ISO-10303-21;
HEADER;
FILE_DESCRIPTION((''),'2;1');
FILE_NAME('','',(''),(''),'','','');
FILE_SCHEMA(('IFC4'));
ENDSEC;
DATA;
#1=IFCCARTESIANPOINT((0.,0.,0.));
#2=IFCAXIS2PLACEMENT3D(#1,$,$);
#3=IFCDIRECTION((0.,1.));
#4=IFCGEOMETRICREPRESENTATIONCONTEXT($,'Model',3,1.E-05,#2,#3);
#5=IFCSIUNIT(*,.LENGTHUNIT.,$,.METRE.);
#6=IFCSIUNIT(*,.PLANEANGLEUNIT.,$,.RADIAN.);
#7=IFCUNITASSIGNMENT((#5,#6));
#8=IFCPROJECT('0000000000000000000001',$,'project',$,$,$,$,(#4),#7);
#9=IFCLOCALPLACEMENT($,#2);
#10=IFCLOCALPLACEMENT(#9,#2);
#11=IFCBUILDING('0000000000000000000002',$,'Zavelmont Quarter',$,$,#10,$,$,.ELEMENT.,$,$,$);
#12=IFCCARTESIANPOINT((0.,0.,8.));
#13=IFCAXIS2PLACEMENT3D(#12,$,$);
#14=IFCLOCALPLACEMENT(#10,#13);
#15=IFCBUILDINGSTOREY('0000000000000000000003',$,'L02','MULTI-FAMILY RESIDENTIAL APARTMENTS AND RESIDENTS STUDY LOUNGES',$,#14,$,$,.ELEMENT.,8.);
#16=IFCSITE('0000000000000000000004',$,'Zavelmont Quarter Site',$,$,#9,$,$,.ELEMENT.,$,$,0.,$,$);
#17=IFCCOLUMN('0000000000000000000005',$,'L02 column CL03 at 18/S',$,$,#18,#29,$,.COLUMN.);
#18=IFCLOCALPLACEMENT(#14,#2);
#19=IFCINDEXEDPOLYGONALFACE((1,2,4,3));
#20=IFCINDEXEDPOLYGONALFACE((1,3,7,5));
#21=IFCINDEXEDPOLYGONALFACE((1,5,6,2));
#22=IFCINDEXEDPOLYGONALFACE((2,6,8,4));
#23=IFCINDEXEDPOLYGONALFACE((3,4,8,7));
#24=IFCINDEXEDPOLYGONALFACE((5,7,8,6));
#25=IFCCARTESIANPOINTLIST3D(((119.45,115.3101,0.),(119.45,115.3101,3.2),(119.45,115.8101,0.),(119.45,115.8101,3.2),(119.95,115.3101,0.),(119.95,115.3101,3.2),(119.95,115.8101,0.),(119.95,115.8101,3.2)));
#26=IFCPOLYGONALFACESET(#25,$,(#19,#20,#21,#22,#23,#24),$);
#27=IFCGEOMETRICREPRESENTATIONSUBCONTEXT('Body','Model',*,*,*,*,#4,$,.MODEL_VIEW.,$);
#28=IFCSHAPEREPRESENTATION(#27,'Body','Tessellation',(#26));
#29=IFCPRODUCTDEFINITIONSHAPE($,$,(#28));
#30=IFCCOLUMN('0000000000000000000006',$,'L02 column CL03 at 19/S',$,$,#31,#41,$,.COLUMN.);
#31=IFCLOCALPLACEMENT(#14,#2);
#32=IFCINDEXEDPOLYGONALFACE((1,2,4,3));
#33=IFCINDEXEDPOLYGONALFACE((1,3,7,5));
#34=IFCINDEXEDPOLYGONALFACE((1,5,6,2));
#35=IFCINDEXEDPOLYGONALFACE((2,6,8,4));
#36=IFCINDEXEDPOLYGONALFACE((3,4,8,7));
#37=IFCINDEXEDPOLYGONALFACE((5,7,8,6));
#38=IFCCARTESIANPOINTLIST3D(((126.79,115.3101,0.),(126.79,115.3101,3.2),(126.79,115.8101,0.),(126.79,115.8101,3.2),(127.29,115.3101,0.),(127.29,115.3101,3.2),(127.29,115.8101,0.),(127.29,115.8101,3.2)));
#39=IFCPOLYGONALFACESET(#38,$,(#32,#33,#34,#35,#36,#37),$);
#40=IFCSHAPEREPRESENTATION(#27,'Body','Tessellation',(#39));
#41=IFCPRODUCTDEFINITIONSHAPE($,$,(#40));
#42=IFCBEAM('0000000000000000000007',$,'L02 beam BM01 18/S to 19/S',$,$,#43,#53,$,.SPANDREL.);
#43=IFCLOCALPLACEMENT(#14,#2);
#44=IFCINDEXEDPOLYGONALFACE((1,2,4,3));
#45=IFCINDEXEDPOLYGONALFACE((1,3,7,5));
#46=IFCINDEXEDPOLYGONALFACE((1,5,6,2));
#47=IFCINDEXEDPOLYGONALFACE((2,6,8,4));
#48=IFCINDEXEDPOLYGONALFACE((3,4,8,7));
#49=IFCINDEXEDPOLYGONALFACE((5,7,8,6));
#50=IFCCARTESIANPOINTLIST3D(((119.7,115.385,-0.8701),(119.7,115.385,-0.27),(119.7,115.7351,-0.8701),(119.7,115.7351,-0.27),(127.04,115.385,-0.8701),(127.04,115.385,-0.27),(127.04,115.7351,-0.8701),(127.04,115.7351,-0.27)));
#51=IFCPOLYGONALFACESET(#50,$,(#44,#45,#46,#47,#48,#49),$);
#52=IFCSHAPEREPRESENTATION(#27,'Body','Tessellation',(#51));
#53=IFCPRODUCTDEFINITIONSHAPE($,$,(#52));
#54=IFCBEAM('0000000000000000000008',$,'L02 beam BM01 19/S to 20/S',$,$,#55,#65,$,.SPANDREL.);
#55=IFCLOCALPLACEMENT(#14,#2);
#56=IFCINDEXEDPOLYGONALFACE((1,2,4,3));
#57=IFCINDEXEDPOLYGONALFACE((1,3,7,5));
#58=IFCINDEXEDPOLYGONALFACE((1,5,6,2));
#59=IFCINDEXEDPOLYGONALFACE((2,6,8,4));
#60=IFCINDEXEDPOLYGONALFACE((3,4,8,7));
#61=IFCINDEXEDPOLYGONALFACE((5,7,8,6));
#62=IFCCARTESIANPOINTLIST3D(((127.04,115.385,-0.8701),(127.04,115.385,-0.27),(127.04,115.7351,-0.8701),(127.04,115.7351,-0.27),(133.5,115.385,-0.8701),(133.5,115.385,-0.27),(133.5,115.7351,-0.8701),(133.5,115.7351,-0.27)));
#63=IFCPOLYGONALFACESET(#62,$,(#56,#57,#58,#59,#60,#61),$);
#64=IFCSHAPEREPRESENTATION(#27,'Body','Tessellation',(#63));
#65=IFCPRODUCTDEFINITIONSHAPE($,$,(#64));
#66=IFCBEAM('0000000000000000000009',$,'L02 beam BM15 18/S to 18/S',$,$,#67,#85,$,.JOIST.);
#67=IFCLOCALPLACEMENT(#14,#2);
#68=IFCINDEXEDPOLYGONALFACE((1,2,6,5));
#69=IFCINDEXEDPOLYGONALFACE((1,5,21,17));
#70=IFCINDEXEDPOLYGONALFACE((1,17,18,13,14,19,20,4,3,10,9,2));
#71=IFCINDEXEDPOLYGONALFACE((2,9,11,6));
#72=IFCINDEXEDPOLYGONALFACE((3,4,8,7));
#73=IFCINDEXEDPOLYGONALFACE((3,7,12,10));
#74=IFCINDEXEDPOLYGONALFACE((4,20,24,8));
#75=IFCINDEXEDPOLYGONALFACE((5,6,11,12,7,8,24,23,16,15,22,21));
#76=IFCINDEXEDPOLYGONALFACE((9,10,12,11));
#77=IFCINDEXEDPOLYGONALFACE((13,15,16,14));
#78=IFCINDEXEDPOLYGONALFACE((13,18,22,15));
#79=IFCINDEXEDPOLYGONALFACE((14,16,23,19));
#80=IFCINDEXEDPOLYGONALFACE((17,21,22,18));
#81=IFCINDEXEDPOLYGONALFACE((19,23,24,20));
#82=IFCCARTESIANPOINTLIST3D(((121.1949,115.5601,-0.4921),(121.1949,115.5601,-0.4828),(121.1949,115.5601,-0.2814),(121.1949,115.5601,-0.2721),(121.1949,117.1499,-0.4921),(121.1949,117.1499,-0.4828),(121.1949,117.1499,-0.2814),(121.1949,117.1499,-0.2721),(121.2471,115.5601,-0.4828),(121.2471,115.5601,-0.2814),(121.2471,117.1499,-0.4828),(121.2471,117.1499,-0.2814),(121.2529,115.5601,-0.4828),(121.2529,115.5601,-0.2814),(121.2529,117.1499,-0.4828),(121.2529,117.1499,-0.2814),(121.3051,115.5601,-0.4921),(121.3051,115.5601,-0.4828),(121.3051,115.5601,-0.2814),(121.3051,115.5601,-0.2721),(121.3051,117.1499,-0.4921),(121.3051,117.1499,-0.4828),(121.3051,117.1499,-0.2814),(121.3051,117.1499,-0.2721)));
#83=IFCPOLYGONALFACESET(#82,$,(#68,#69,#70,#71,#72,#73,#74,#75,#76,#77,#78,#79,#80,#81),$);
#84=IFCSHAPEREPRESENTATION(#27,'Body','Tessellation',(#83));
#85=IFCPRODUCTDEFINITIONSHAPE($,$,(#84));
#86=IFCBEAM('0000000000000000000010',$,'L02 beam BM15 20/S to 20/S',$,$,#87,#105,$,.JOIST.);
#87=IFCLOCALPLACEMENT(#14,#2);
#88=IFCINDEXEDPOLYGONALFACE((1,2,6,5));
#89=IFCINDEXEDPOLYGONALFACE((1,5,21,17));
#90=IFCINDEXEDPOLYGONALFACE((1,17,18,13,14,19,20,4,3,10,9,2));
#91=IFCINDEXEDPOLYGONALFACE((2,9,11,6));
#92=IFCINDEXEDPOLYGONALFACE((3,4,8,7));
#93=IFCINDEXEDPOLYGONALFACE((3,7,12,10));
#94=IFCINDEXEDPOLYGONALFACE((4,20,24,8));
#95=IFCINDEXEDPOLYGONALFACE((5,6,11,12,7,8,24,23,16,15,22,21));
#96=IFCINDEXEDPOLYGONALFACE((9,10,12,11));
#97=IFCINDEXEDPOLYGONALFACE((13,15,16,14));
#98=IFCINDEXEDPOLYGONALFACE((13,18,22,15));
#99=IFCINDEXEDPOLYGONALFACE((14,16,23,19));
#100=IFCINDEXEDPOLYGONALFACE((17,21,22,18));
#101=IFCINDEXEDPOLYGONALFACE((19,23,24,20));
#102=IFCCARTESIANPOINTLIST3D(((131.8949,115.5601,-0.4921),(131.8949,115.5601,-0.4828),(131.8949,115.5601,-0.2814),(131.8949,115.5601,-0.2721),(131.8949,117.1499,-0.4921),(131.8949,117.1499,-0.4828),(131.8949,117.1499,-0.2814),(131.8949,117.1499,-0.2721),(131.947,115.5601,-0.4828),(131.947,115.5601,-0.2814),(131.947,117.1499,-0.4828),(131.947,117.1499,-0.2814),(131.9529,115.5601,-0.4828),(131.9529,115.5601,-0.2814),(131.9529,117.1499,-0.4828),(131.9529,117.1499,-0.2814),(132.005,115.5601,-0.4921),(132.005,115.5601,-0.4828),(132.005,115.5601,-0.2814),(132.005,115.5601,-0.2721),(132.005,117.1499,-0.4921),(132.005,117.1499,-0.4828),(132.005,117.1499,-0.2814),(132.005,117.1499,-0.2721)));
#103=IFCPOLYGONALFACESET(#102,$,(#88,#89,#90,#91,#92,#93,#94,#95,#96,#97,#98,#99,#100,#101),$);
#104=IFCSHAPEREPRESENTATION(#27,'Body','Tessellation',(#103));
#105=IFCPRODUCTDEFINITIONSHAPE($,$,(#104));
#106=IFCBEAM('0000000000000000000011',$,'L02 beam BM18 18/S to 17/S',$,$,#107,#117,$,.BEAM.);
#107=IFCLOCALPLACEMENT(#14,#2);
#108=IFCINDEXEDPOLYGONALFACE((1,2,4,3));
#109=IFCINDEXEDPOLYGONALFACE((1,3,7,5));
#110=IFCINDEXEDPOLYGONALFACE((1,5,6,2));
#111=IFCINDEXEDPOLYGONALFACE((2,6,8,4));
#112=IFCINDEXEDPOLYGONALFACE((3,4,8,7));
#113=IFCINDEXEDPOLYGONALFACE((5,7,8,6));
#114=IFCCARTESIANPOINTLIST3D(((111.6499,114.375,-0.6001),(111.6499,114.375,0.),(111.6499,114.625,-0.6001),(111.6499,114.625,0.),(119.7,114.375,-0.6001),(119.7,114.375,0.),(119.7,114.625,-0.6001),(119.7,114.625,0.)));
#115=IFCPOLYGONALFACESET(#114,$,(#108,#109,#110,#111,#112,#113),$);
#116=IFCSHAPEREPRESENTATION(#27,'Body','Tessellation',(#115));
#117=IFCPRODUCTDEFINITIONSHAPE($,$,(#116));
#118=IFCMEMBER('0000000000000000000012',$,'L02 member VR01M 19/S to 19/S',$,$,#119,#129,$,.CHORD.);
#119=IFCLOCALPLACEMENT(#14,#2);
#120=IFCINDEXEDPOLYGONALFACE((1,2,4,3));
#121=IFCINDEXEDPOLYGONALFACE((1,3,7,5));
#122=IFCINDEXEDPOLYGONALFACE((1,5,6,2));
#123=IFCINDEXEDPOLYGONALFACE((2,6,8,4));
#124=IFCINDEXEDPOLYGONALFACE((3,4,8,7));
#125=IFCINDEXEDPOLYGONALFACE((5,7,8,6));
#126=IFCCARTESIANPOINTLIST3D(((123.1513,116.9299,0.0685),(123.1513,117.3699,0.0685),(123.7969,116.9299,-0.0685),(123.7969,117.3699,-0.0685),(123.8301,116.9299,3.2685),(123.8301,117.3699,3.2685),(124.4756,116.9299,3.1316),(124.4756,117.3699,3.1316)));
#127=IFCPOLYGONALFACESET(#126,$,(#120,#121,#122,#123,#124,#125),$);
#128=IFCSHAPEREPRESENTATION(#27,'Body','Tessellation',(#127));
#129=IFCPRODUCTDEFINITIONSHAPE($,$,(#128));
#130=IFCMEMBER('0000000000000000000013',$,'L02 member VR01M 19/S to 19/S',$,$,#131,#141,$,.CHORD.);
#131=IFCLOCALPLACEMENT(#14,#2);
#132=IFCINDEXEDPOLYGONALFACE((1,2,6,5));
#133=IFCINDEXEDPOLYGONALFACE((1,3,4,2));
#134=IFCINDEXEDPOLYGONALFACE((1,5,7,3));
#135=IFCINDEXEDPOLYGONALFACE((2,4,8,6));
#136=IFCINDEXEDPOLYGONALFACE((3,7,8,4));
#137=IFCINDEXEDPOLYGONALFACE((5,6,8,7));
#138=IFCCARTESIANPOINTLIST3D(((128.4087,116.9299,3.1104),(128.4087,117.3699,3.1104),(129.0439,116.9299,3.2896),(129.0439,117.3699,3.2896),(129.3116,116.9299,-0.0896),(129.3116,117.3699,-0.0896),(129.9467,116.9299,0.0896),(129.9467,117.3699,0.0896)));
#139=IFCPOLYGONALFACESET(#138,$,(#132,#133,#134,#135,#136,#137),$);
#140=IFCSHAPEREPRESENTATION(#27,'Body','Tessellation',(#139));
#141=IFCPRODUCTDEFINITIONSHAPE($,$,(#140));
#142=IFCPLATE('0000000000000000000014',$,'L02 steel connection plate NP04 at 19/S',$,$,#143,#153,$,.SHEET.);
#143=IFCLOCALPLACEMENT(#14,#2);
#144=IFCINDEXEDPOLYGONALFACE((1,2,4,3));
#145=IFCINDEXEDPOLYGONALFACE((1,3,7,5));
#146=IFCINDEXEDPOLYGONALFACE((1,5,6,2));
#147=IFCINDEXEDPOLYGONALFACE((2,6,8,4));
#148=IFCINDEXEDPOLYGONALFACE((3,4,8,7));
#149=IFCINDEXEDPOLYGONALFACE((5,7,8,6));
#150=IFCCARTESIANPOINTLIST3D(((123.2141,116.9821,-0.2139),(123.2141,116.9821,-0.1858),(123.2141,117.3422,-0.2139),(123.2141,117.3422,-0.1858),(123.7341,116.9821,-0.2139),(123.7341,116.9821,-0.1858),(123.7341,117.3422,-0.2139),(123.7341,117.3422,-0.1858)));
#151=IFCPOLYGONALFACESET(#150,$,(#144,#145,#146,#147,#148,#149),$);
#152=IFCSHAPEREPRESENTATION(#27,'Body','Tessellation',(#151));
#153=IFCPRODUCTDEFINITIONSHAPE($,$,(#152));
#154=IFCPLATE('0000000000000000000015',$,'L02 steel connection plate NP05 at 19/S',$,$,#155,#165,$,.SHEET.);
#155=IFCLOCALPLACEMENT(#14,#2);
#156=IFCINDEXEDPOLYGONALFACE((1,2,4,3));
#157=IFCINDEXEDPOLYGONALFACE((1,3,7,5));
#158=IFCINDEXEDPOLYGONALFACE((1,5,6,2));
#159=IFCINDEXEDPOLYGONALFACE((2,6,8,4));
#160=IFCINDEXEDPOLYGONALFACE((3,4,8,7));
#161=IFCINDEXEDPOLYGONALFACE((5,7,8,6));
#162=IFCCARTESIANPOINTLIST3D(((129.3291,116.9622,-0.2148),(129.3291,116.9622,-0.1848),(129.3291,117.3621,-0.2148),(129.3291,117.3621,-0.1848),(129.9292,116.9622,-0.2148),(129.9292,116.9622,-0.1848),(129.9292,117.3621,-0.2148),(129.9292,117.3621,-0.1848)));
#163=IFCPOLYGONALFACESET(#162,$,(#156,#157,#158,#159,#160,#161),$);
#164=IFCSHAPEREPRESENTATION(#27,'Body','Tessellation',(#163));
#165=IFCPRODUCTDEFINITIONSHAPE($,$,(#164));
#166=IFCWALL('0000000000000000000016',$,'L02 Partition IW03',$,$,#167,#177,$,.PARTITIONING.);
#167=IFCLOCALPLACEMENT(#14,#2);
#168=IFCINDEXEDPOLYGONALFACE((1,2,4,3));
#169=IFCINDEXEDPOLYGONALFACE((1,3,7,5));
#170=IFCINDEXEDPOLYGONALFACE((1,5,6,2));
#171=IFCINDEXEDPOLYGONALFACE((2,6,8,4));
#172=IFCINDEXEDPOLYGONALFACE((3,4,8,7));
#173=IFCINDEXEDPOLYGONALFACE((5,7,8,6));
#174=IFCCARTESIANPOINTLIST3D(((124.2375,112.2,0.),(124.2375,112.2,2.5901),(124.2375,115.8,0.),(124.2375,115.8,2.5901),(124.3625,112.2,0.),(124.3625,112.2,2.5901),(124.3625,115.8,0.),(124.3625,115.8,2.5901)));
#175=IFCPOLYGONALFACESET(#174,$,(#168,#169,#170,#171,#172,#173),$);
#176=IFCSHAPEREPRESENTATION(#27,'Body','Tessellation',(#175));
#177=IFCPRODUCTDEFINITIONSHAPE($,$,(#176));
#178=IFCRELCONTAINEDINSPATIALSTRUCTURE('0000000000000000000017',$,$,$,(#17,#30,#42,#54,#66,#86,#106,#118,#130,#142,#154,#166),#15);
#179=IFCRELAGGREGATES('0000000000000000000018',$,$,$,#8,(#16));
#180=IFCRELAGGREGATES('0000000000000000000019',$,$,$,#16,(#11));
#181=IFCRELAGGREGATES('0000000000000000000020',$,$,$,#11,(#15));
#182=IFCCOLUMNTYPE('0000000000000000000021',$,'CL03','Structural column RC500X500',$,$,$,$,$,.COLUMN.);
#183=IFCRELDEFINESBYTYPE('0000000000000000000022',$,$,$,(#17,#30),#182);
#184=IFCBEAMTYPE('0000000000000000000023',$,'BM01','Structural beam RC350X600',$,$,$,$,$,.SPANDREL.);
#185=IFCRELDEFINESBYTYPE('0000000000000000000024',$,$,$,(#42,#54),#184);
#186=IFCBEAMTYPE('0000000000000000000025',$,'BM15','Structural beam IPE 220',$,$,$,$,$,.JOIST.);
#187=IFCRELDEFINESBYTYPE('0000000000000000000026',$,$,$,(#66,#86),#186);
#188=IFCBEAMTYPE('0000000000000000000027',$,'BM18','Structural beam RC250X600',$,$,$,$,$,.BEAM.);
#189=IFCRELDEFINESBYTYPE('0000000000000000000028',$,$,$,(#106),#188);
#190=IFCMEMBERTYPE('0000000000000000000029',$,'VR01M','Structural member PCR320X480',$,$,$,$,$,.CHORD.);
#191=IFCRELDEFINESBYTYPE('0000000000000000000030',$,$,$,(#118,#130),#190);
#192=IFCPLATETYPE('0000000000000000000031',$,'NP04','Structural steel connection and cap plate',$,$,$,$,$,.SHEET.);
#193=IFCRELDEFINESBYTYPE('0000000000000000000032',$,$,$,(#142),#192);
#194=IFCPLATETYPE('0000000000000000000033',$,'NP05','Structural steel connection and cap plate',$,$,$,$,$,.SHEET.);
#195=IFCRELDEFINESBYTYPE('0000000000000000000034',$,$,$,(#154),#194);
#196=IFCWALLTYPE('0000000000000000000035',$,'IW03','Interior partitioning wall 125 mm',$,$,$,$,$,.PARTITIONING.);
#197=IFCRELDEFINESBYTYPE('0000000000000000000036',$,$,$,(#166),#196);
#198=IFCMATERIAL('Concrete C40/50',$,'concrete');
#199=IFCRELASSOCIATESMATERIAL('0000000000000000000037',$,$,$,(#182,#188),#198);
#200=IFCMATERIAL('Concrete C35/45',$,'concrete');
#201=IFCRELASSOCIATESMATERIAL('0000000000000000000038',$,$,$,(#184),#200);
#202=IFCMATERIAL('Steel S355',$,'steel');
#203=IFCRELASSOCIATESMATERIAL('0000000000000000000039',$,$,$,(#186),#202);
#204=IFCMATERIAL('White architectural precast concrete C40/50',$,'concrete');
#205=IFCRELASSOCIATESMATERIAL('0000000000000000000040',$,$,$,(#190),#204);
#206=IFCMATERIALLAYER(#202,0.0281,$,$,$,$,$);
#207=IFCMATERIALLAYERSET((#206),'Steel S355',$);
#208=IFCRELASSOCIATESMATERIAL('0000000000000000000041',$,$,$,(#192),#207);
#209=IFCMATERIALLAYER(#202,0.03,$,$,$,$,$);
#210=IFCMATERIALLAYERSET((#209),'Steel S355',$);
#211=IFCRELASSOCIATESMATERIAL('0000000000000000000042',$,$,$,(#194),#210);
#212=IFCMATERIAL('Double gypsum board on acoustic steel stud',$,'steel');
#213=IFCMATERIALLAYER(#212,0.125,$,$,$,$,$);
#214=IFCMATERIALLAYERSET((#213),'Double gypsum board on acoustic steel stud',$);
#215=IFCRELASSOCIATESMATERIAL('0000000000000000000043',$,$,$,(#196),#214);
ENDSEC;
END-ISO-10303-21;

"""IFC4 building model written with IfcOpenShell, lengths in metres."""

from ifc_helpers import new_model, si_unit, direction, frame, frame_2d, origin, origin_2d, place, context, subcontext, project, spatial, rectangle, i_section, extrude, material, layer, layer_set, material_profile, profile_set, type_object, element, save


model = new_model("IFC4")

# Units and contexts
model_context = context("Model", 3, precision=1e-05, world=origin(), true_north=direction((0.0, 1.0)))
body_context = subcontext(model_context, "Body", "Model", "MODEL_VIEW")
ifc_project = project(units=[si_unit("LENGTHUNIT", "METRE"), si_unit("PLANEANGLEUNIT", "RADIAN")], contexts=[model_context])

# Site, building, storey
site_placement = place(None, origin())
site = spatial("IfcSite", under=ifc_project, at=site_placement, Name="Zavelmont Quarter Site", CompositionType="ELEMENT", RefElevation=0.0)
building_placement = place(site_placement, origin())
building = spatial("IfcBuilding", under=site, at=building_placement, Name="Zavelmont Quarter", CompositionType="ELEMENT")
storey_placement = place(building_placement, frame((0.0, 0.0, 8.0)))
storey = spatial("IfcBuildingStorey", under=building, at=storey_placement, Name="L02", Description="MULTI-FAMILY RESIDENTIAL APARTMENTS AND RESIDENTS STUDY LOUNGES", CompositionType="ELEMENT", Elevation=8.0)

# Columns
ifc_material_1 = material(Name="Concrete C40/50", Category="concrete")
ifc_material_profile_1 = material_profile(ifc_material_1, rectangle(XDim=0.5, YDim=0.5, at=origin_2d()), Name="RC500X500")
ifc_profile_set_1 = profile_set([ifc_material_profile_1], Name="Concrete C40/50")
column_type = type_object("IfcColumnType", Name="CL03", Description="Structural column RC500X500", PredefinedType="COLUMN", material=ifc_profile_set_1)
for number, where, z_axis, x_axis, name in (
    (1, (119.7, 115.5601, 0.0), (0.0, 0.0, 1.0), (1.0, 0.0, 0.0), "L02 column CL03 at 18/S"),
    (2, (127.04, 115.5601, 0.0), (0.0, 0.0, 1.0), (1.0, 0.0, 0.0), "L02 column CL03 at 19/S"),
):
    element("IfcColumn", number, at=place(storey_placement, frame(where, z_axis=z_axis, x_axis=x_axis)), inside=storey, type_object=column_type, Name=name, PredefinedType="COLUMN", context=body_context, shape_type="SweptSolid", body=[
        extrude(rectangle(XDim=0.5, YDim=0.5, at=origin_2d()), origin(), (0.0, 0.0, 1.0), 3.2),
    ])

# Beams
ifc_material_2 = material(Name="Concrete C35/45", Category="concrete")
ifc_material_profile_2 = material_profile(ifc_material_2, rectangle(XDim=0.3501, YDim=0.6001, at=origin_2d()), Name="RC350X600")
ifc_profile_set_2 = profile_set([ifc_material_profile_2], Name="Concrete C35/45")
beam_type_1 = type_object("IfcBeamType", Name="BM01", Description="Structural beam RC350X600", PredefinedType="SPANDREL", material=ifc_profile_set_2)
beam_1_placement = place(storey_placement, frame((119.7, 115.5601, -0.5701), z_axis=(1.0, 0.0, 0.0), x_axis=(0.0, 1.0, 0.0)))
element("IfcBeam", 3, at=beam_1_placement, inside=storey, type_object=beam_type_1, Name="L02 beam BM01 18/S to 19/S", PredefinedType="SPANDREL", context=body_context, shape_type="SweptSolid", body=[
    extrude(rectangle(XDim=0.3501, YDim=0.6001, at=origin_2d()), origin(), (0.0, 0.0, 1.0), 7.3401),
])
beam_2_placement = place(storey_placement, frame((127.04, 115.5601, -0.5701), z_axis=(1.0, 0.0, 0.0), x_axis=(0.0, 1.0, 0.0)))
element("IfcBeam", 4, at=beam_2_placement, inside=storey, type_object=beam_type_1, Name="L02 beam BM01 19/S to 20/S", PredefinedType="SPANDREL", context=body_context, shape_type="SweptSolid", body=[
    extrude(rectangle(XDim=0.3501, YDim=0.6001, at=origin_2d()), origin(), (0.0, 0.0, 1.0), 6.46),
])
ifc_material_3 = material(Name="Steel S355", Category="steel")
ifc_material_profile_3 = material_profile(ifc_material_3, i_section(OverallWidth=0.1101, OverallDepth=0.22, WebThickness=0.0059, FlangeThickness=0.0093, at=origin_2d()), Name="IPE 220")
ifc_profile_set_3 = profile_set([ifc_material_profile_3], Name="Steel S355")
beam_type_2 = type_object("IfcBeamType", Name="BM15", Description="Structural beam IPE 220", PredefinedType="JOIST", material=ifc_profile_set_3)
for number, where, z_axis, x_axis, name in (
    (5, (121.25, 115.5601, -0.3821), (0.0, 1.0, 0.0), (-1.0, 0.0, 0.0), "L02 beam BM15 18/S to 18/S"),
    (6, (131.95, 115.5601, -0.3821), (0.0, 1.0, 0.0), (-1.0, 0.0, 0.0), "L02 beam BM15 20/S to 20/S"),
):
    element("IfcBeam", number, at=place(storey_placement, frame(where, z_axis=z_axis, x_axis=x_axis)), inside=storey, type_object=beam_type_2, Name=name, PredefinedType="JOIST", context=body_context, shape_type="SweptSolid", body=[
        extrude(i_section(OverallWidth=0.1101, OverallDepth=0.22, WebThickness=0.0059, FlangeThickness=0.0093, at=origin_2d()), origin(), (0.0, 0.0, 1.0), 1.5898),
    ])
ifc_material_profile_4 = material_profile(ifc_material_1, rectangle(XDim=0.25, YDim=0.6001, at=origin_2d()), Name="RC250X600")
ifc_profile_set_4 = profile_set([ifc_material_profile_4], Name="Concrete C40/50")
beam_type_3 = type_object("IfcBeamType", Name="BM18", Description="Structural beam RC250X600", PredefinedType="BEAM", material=ifc_profile_set_4)
beam_3_placement = place(storey_placement, frame((119.7, 114.5, -0.3), z_axis=(-1.0, 0.0, 0.0), x_axis=(0.0, -1.0, 0.0)))
element("IfcBeam", 7, at=beam_3_placement, inside=storey, type_object=beam_type_3, Name="L02 beam BM18 18/S to 17/S", PredefinedType="BEAM", context=body_context, shape_type="SweptSolid", body=[
    extrude(rectangle(XDim=0.25, YDim=0.6001, at=origin_2d()), origin(), (0.0, 0.0, 1.0), 8.05),
])

# Members
ifc_material_4 = material(Name="White architectural precast concrete C40/50", Category="concrete")
ifc_material_profile_5 = material_profile(ifc_material_4, rectangle(XDim=0.4399, YDim=0.6599, at=origin_2d()), Name="PCR320X480")
ifc_profile_set_5 = profile_set([ifc_material_profile_5], Name="White architectural precast concrete C40/50")
member_type = type_object("IfcMemberType", Name="VR01M", Description="Structural member PCR320X480", PredefinedType="CHORD", material=ifc_profile_set_5)
member_1_placement = place(storey_placement, frame((123.4741, 117.1499, 0.0), z_axis=(0.207485, 0.0, 0.978238), x_axis=(0.0, 1.0, 0.0)))
element("IfcMember", 8, at=member_1_placement, inside=storey, type_object=member_type, Name="L02 member VR01M 19/S to 19/S", PredefinedType="CHORD", context=body_context, shape_type="SweptSolid", body=[
    extrude(rectangle(XDim=0.4399, YDim=0.6599, at=origin_2d()), origin(), (0.0, 0.0, 1.0), 3.2712),
])
member_2_placement = place(storey_placement, frame((129.6292, 117.1499, 0.0), z_axis=(-0.271539, 0.0, 0.962428), x_axis=(0.0, -1.0, 0.0)))
element("IfcMember", 9, at=member_2_placement, inside=storey, type_object=member_type, Name="L02 member VR01M 19/S to 19/S", PredefinedType="CHORD", context=body_context, shape_type="SweptSolid", body=[
    extrude(rectangle(XDim=0.4399, YDim=0.6599, at=origin_2d()), origin(), (0.0, 0.0, 1.0), 3.325),
])

# Plates
ifc_layer_1 = layer(ifc_material_3, 0.0281)
ifc_layer_set_1 = layer_set([ifc_layer_1], Name="Steel S355")
plate_type_1 = type_object("IfcPlateType", Name="NP04", Description="Structural steel connection and cap plate", PredefinedType="SHEET", material=ifc_layer_set_1)
plate_1_placement = place(storey_placement, frame((123.4741, 117.1621, -0.2139), z_axis=(0.0, 0.0, 1.0), x_axis=(1.0, 0.0, 0.0)))
element("IfcPlate", 10, at=plate_1_placement, inside=storey, type_object=plate_type_1, Name="L02 steel connection plate NP04 at 19/S", PredefinedType="SHEET", context=body_context, shape_type="SweptSolid", body=[
    extrude(rectangle(XDim=0.52, YDim=0.3601, at=origin_2d()), origin(), (0.0, 0.0, 1.0), 0.0281),
])
ifc_layer_2 = layer(ifc_material_3, 0.03)
ifc_layer_set_2 = layer_set([ifc_layer_2], Name="Steel S355")
plate_type_2 = type_object("IfcPlateType", Name="NP05", Description="Structural steel connection and cap plate", PredefinedType="SHEET", material=ifc_layer_set_2)
plate_2_placement = place(storey_placement, frame((129.6292, 117.1621, -0.2148), z_axis=(0.0, 0.0, 1.0), x_axis=(1.0, 0.0, 0.0)))
element("IfcPlate", 11, at=plate_2_placement, inside=storey, type_object=plate_type_2, Name="L02 steel connection plate NP05 at 19/S", PredefinedType="SHEET", context=body_context, shape_type="SweptSolid", body=[
    extrude(rectangle(XDim=0.6001, YDim=0.3999, at=origin_2d()), origin(), (0.0, 0.0, 1.0), 0.03),
])

# Wall
ifc_material_5 = material(Name="Double gypsum board on acoustic steel stud", Category="steel")
ifc_layer_3 = layer(ifc_material_5, 0.125)
ifc_layer_set_3 = layer_set([ifc_layer_3], Name="Double gypsum board on acoustic steel stud")
wall_type_1 = type_object("IfcWallType", Name="IW03", Description="Interior partitioning wall 125 mm", PredefinedType="PARTITIONING", material=ifc_layer_set_3)
wall_1_placement = place(storey_placement, frame((124.3, 112.2, 0.0), z_axis=(0.0, 0.0, 1.0), x_axis=(0.0, 1.0, 0.0)))
element("IfcWall", 12, at=wall_1_placement, inside=storey, type_object=wall_type_1, Name="L02 Partition IW03", PredefinedType="PARTITIONING", context=body_context, shape_type="SweptSolid", body=[
    extrude(rectangle(XDim=3.6001, YDim=0.125, at=frame_2d((1.8, 0.0))), origin(), (0.0, 0.0, 1.0), 2.5901),
])

save(model, "model.ifc")
